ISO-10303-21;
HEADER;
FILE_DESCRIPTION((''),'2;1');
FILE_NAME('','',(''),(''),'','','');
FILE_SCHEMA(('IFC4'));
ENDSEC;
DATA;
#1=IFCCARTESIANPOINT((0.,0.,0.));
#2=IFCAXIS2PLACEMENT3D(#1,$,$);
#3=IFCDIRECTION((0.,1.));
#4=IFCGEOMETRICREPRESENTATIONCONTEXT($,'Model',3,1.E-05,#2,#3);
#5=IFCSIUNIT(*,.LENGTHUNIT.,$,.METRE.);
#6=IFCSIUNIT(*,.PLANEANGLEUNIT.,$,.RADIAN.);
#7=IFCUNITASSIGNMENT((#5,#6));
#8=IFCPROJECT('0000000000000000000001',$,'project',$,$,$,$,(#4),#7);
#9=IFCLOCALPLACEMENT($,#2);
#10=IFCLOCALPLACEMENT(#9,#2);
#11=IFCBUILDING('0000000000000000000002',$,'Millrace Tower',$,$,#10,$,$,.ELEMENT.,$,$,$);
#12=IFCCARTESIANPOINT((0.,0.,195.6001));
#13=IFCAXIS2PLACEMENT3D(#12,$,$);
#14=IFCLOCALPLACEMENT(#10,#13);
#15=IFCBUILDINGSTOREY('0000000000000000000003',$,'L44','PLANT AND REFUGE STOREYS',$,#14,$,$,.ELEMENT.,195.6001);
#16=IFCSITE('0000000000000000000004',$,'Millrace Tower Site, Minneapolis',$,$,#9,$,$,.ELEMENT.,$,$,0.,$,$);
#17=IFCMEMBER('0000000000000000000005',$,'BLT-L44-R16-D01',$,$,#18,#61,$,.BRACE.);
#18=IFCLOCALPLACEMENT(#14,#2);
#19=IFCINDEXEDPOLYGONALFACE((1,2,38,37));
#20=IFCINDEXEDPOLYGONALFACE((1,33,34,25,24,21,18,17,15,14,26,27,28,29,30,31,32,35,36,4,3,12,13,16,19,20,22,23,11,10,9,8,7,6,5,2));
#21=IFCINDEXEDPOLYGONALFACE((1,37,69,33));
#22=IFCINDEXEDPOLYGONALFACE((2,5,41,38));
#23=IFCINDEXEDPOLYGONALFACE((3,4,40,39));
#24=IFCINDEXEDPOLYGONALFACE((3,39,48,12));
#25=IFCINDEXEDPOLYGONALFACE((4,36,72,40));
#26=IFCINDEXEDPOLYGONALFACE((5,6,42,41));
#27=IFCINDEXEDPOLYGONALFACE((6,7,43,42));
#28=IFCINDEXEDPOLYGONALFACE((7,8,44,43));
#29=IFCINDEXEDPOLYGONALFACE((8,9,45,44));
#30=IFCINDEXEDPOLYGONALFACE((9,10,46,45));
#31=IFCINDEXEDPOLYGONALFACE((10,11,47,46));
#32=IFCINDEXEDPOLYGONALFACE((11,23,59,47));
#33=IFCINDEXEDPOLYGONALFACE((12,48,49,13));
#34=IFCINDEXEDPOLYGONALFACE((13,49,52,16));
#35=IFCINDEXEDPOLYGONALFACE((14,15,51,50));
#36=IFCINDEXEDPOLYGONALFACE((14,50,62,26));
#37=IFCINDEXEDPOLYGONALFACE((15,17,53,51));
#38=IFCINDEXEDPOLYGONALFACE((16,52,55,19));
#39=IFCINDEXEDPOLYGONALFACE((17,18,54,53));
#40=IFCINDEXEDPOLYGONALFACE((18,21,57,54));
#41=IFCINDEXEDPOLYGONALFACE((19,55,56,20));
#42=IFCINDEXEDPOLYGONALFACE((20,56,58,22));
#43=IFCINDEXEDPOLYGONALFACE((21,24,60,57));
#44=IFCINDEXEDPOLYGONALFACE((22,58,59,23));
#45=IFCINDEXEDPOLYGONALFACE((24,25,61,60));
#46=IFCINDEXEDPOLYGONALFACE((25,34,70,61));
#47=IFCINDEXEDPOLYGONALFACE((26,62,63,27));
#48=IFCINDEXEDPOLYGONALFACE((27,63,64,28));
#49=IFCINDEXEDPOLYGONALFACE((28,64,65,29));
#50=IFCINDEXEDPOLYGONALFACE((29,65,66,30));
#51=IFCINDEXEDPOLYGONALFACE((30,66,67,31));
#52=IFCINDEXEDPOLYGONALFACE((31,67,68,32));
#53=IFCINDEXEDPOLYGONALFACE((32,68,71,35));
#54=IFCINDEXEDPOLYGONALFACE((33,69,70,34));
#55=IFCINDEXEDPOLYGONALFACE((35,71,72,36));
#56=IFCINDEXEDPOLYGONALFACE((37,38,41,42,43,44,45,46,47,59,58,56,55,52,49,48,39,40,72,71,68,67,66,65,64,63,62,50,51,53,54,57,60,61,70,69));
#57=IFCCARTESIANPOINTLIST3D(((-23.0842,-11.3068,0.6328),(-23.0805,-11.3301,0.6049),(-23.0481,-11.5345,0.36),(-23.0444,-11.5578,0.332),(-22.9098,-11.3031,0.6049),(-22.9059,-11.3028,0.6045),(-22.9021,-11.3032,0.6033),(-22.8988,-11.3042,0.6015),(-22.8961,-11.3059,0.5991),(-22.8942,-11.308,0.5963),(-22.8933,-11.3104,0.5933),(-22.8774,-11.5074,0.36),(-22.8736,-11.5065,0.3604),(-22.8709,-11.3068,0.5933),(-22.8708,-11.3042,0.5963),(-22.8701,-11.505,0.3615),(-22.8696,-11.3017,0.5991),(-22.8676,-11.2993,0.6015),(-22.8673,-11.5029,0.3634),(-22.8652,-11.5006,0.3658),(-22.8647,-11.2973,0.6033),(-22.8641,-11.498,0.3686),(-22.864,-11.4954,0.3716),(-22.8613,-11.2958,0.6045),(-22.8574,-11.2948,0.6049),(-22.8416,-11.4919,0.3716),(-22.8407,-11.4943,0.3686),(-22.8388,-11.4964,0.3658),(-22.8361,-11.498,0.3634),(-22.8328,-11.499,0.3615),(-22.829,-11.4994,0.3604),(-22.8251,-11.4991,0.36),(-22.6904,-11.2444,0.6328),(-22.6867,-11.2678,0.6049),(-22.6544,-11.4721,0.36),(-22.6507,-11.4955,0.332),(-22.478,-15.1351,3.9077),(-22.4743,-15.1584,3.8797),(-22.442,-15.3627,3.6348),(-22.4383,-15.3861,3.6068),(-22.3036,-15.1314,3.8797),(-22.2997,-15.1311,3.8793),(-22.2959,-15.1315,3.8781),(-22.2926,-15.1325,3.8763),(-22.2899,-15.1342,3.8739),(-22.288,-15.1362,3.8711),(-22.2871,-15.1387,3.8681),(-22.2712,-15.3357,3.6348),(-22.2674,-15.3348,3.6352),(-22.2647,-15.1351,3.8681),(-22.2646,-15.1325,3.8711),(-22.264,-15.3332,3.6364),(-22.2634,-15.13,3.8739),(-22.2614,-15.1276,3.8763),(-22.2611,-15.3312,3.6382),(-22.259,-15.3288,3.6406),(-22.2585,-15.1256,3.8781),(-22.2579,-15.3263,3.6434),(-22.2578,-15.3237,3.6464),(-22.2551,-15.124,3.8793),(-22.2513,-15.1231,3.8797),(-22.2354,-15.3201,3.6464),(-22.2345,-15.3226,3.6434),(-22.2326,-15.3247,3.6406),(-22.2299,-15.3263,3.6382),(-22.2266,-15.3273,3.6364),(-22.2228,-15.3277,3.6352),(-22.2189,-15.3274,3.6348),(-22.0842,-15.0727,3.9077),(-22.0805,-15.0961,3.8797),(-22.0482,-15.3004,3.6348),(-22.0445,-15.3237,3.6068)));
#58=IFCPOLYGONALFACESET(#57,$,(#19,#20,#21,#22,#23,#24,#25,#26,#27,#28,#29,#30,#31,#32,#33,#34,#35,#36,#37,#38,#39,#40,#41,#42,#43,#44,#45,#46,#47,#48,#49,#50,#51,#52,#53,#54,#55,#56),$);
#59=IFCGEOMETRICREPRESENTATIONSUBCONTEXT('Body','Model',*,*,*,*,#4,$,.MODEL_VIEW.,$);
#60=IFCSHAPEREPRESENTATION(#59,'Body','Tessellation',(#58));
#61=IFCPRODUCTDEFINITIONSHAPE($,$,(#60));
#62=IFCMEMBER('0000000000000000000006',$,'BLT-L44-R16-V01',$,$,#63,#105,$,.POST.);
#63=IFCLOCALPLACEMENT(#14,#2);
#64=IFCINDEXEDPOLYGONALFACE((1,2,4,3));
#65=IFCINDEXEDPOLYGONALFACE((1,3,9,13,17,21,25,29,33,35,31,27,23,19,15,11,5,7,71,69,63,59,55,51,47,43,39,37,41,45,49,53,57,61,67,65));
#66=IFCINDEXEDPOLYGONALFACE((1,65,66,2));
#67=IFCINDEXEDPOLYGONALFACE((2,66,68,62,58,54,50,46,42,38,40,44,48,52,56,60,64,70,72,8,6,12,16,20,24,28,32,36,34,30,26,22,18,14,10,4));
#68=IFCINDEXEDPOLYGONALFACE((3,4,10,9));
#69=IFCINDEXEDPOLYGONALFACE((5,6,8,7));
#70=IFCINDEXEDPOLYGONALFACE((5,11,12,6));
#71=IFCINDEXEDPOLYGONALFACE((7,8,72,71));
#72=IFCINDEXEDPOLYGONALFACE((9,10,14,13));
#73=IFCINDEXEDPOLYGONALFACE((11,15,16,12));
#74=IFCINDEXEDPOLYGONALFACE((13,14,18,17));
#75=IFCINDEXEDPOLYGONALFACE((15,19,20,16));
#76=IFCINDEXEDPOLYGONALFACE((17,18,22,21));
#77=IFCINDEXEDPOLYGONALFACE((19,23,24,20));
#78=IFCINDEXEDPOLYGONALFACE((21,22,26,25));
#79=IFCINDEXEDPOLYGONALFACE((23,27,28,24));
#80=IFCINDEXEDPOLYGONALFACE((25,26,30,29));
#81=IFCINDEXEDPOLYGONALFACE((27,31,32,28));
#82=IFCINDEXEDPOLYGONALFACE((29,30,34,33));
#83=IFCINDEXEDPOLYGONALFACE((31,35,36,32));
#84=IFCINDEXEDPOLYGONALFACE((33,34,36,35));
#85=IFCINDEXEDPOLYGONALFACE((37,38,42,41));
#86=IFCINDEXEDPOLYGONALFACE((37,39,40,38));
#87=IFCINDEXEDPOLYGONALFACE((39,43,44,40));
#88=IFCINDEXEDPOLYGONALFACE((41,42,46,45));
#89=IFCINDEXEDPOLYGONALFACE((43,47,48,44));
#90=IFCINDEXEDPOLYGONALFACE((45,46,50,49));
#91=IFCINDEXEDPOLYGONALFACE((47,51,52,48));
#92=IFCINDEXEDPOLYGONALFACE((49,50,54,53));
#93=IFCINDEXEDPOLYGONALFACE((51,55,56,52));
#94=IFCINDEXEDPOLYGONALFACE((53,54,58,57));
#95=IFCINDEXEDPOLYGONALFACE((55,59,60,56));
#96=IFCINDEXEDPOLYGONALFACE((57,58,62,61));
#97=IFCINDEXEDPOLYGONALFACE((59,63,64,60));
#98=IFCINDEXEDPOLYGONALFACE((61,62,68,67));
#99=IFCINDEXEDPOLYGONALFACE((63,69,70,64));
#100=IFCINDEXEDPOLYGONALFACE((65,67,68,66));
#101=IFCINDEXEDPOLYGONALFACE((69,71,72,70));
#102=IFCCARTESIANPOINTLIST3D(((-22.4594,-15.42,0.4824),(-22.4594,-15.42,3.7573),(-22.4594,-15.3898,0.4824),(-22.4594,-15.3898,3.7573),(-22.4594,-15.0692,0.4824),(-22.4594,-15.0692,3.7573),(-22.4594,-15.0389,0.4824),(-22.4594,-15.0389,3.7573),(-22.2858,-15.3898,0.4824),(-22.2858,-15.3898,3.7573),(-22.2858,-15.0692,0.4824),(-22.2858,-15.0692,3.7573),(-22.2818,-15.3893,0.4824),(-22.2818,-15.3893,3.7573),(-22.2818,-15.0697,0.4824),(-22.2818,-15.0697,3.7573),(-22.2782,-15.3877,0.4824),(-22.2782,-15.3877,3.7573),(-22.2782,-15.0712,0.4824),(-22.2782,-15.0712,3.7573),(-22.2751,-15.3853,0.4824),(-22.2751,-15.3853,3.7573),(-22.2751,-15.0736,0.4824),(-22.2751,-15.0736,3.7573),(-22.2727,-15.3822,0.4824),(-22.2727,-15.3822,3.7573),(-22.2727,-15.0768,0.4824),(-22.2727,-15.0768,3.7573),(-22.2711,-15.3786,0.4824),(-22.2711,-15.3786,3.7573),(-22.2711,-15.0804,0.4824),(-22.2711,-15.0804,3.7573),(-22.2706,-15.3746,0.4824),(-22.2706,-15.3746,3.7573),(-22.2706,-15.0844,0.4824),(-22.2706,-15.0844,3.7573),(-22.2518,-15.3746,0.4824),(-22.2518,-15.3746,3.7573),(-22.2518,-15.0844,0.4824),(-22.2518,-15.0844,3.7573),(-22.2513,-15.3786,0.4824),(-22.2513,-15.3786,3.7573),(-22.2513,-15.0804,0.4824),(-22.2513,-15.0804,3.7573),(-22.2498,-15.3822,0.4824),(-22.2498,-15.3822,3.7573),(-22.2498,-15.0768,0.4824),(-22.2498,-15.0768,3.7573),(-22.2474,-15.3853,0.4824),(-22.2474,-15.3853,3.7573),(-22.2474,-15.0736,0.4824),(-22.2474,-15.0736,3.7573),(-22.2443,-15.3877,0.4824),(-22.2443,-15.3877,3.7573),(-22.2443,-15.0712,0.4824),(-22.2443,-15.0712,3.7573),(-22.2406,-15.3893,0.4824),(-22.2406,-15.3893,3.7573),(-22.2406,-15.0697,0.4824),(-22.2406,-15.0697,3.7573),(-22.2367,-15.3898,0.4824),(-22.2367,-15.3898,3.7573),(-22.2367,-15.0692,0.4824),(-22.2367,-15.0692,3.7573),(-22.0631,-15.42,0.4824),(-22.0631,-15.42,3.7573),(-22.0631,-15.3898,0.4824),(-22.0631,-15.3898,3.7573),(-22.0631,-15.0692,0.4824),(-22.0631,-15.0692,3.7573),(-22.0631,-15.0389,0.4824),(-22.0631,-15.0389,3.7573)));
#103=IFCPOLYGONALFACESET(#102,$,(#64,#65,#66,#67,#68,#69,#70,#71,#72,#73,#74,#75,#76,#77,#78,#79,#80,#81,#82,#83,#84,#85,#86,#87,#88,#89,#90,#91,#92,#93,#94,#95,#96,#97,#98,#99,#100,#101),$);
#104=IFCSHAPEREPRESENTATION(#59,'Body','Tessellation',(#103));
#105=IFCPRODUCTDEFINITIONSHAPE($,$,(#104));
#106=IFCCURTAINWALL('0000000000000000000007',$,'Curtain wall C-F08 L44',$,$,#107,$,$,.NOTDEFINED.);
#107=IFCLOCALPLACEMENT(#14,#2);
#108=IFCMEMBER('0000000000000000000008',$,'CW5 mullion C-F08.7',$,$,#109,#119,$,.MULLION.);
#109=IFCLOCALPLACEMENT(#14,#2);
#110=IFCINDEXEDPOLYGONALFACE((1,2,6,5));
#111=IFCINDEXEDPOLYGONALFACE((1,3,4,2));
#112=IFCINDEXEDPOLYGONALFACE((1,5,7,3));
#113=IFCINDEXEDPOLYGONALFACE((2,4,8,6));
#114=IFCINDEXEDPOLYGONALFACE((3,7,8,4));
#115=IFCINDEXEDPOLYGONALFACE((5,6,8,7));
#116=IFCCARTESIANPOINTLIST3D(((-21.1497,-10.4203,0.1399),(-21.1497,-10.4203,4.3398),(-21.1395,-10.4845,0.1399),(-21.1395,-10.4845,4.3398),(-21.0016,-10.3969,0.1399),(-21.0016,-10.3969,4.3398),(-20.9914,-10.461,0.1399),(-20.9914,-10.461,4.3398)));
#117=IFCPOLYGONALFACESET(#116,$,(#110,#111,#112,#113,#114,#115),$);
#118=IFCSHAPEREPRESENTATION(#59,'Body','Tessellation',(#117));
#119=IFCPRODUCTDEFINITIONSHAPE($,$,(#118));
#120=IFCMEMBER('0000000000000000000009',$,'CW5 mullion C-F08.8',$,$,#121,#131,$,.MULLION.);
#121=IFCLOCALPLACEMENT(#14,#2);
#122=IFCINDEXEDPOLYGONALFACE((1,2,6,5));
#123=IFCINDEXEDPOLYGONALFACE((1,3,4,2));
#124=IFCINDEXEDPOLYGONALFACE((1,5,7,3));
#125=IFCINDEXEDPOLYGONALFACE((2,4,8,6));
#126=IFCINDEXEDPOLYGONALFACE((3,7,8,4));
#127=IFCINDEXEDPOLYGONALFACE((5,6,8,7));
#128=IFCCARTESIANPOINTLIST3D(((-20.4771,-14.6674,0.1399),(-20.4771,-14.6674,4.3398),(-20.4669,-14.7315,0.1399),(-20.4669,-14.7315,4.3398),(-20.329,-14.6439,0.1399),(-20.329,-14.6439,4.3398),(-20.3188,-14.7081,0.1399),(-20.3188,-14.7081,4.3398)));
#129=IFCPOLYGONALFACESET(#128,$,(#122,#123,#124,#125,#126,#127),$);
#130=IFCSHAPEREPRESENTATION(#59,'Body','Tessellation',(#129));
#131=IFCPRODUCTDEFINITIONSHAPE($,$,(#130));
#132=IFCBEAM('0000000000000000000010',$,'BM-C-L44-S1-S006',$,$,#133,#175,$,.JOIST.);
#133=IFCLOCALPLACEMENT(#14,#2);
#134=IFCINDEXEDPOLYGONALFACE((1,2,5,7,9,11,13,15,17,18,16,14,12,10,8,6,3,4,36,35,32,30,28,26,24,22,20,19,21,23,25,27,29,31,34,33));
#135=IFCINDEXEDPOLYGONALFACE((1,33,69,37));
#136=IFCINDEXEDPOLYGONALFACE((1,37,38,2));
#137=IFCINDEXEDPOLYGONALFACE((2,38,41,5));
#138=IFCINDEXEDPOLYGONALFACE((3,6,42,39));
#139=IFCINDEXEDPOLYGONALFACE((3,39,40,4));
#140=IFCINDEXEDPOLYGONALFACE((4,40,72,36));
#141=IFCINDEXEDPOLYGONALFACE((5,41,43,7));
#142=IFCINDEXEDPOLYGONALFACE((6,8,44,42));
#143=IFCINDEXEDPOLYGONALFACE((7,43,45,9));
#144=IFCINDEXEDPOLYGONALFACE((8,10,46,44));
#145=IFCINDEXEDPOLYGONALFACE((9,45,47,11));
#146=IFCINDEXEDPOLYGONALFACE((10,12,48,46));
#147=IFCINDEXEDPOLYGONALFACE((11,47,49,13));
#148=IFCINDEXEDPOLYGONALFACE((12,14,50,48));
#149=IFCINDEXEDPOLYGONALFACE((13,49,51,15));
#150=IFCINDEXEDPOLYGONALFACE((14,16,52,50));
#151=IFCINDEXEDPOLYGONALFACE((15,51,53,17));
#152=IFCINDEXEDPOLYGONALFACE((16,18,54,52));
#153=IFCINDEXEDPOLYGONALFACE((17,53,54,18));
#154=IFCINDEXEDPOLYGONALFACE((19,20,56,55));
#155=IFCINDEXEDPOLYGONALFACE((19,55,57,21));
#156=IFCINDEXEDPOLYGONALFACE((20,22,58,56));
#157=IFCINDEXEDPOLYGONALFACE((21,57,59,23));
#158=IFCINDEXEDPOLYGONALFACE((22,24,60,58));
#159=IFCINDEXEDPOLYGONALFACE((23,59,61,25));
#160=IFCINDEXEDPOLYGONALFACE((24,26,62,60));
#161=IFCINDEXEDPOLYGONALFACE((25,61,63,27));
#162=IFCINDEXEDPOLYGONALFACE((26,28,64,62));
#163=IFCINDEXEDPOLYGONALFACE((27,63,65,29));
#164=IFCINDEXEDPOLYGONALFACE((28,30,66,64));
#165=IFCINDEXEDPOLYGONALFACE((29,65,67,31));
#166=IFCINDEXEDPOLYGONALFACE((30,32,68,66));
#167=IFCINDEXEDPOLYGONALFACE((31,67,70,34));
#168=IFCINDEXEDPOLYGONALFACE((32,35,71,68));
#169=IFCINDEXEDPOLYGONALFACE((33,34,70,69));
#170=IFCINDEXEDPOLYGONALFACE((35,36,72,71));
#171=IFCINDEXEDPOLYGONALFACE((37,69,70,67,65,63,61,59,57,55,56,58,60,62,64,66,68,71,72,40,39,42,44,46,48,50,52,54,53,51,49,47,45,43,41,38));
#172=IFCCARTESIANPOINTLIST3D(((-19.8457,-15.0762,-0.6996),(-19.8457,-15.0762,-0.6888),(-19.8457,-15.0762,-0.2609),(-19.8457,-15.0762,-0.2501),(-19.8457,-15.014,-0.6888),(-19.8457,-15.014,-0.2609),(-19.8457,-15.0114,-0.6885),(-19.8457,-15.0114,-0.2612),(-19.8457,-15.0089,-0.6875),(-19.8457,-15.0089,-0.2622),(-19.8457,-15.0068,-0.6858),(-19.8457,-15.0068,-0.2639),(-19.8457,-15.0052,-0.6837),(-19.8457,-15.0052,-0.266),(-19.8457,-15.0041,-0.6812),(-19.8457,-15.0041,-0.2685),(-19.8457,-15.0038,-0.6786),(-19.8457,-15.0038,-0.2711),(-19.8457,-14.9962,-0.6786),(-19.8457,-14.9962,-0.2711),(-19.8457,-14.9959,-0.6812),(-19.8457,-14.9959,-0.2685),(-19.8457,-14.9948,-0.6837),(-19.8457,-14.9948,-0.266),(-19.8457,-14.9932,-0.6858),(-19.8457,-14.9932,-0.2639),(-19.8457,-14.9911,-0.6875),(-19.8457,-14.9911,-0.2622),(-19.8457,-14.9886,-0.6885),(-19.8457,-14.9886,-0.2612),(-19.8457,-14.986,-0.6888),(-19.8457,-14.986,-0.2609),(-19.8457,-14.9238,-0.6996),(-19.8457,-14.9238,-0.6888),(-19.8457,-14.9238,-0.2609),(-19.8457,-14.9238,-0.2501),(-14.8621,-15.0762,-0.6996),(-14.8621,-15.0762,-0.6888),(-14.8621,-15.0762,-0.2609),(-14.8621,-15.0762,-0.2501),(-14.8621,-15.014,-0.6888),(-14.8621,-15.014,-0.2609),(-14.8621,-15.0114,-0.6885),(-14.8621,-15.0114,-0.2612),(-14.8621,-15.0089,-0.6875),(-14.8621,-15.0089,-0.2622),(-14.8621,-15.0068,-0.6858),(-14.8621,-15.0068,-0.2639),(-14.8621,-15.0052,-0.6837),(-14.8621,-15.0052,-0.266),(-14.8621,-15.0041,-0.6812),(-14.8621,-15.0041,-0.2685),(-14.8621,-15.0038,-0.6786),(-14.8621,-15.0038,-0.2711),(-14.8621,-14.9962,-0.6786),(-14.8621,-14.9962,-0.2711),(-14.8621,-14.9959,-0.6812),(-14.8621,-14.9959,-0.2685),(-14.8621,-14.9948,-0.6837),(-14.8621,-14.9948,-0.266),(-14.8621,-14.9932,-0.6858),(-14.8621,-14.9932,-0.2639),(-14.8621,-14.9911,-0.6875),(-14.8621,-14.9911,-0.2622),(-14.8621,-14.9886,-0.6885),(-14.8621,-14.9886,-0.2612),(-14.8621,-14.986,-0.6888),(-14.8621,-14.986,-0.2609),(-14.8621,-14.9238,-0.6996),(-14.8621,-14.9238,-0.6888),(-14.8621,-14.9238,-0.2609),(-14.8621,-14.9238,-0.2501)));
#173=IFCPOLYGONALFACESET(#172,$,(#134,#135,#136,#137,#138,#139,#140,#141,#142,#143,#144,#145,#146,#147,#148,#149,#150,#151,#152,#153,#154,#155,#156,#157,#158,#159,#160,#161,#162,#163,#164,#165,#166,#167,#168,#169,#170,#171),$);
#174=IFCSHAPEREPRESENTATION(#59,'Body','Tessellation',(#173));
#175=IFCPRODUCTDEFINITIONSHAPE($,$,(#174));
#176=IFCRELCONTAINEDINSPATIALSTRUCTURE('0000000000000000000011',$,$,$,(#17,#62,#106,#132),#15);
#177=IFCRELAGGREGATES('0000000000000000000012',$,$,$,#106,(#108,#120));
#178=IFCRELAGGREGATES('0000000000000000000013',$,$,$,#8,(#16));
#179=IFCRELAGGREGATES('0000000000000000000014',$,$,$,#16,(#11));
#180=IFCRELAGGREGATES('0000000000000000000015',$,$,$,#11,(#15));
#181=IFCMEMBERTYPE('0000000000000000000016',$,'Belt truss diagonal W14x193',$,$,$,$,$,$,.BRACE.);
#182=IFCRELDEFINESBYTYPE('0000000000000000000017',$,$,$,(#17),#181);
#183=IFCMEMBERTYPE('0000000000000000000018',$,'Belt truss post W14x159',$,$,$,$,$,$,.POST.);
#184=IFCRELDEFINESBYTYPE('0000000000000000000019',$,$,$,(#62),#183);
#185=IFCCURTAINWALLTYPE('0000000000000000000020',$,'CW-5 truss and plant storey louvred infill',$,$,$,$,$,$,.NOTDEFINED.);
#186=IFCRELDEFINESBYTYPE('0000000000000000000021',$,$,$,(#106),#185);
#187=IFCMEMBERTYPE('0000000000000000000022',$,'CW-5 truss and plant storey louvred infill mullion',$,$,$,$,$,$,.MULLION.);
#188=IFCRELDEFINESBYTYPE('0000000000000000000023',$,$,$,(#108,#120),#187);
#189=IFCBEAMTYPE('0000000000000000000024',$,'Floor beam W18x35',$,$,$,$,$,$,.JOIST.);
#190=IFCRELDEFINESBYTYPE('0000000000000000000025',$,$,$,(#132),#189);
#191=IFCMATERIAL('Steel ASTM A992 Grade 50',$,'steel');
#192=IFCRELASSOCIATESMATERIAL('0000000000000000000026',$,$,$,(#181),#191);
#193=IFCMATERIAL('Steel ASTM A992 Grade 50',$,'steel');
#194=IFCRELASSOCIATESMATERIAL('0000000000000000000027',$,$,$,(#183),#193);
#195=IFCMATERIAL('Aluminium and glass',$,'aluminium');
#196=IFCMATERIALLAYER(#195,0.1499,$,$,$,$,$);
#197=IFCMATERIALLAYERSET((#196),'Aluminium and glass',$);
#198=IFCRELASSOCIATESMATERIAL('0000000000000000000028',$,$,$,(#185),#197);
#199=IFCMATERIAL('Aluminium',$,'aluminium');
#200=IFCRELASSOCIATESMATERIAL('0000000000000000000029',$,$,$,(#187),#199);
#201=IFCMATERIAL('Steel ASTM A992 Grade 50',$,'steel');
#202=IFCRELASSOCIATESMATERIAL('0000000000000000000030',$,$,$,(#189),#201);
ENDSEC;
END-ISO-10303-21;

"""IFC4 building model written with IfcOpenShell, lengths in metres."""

from ifc_helpers import new_model, si_unit, direction, frame, origin, origin_2d, place, context, subcontext, project, spatial, rectangle, i_section, extrude, material, layer, layer_set, material_profile, profile_set, type_object, element, aggregate, save


model = new_model("IFC4")

# Units and contexts
model_context = context("Model", 3, precision=1e-05, world=origin(), true_north=direction((0.0, 1.0)))
body_context = subcontext(model_context, "Body", "Model", "MODEL_VIEW")
ifc_project = project(units=[si_unit("LENGTHUNIT", "METRE"), si_unit("PLANEANGLEUNIT", "RADIAN")], contexts=[model_context])

# Site, building, storey
site_placement = place(None, origin())
site = spatial("IfcSite", under=ifc_project, at=site_placement, Name="Millrace Tower Site, Minneapolis", CompositionType="ELEMENT", RefElevation=0.0)
building_placement = place(site_placement, origin())
building = spatial("IfcBuilding", under=site, at=building_placement, Name="Millrace Tower", CompositionType="ELEMENT")
storey_placement = place(building_placement, frame((0.0, 0.0, 195.6001)))
storey = spatial("IfcBuildingStorey", under=building, at=storey_placement, Name="L44", Description="PLANT AND REFUGE STOREYS", CompositionType="ELEMENT", Elevation=195.6001)

# Members
ifc_material_1 = material(Name="Steel ASTM A992 Grade 50", Category="steel")
ifc_material_profile_1 = material_profile(ifc_material_1, i_section(OverallWidth=0.3987, OverallDepth=0.3938, WebThickness=0.0227, FlangeThickness=0.0366, FilletRadius=0.0151, at=origin_2d()))
ifc_profile_set_1 = profile_set([ifc_material_profile_1], Name="Steel ASTM A992 Grade 50")
member_type_1 = type_object("IfcMemberType", Name="Belt truss diagonal W14x193", PredefinedType="BRACE", material=ifc_profile_set_1)
member_1_placement = place(storey_placement, frame((-22.8674, -11.4011, 0.4824), z_axis=(0.119464, -0.754457, 0.645386), x_axis=(0.987694, 0.156396, 0.0)))
element("IfcMember", 1, at=member_1_placement, inside=storey, type_object=member_type_1, Name="BLT-L44-R16-D01", PredefinedType="BRACE", context=body_context, shape_type="SweptSolid", body=[
    extrude(i_section(OverallWidth=0.3987, OverallDepth=0.3938, WebThickness=0.0227, FlangeThickness=0.0366, FilletRadius=0.0151, at=origin_2d()), origin(), (0.0, 0.0, 1.0), 5.0742),
])
ifc_material_2 = material(Name="Steel ASTM A992 Grade 50", Category="steel")
ifc_material_profile_2 = material_profile(ifc_material_2, i_section(OverallWidth=0.3962, OverallDepth=0.3811, WebThickness=0.0188, FlangeThickness=0.0303, FilletRadius=0.0151, at=origin_2d()))
ifc_profile_set_2 = profile_set([ifc_material_profile_2], Name="Steel ASTM A992 Grade 50")
member_type_2 = type_object("IfcMemberType", Name="Belt truss post W14x159", PredefinedType="POST", material=ifc_profile_set_2)
member_2_placement = place(storey_placement, frame((-22.2612, -15.2295, 0.4824), z_axis=(0.0, 0.0, 1.0), x_axis=(1.0, 0.0, 0.0)))
element("IfcMember", 2, at=member_2_placement, inside=storey, type_object=member_type_2, Name="BLT-L44-R16-V01", PredefinedType="POST", context=body_context, shape_type="SweptSolid", body=[
    extrude(i_section(OverallWidth=0.3962, OverallDepth=0.3811, WebThickness=0.0188, FlangeThickness=0.0303, FilletRadius=0.0151, at=origin_2d()), origin(), (0.0, 0.0, 1.0), 3.2749),
])

# Curtain wall, members
ifc_material_3 = material(Name="Aluminium and glass", Category="aluminium")
ifc_layer_1 = layer(ifc_material_3, 0.1499)
ifc_layer_set_1 = layer_set([ifc_layer_1], Name="Aluminium and glass")
curtain_wall_type = type_object("IfcCurtainWallType", Name="CW-5 truss and plant storey louvred infill", PredefinedType="NOTDEFINED", material=ifc_layer_set_1)
curtain_wall_placement = place(storey_placement, origin())
curtain_wall = element("IfcCurtainWall", 3, at=curtain_wall_placement, inside=storey, type_object=curtain_wall_type, Name="Curtain wall C-F08 L44", PredefinedType="NOTDEFINED")
ifc_material_4 = material(Name="Aluminium", Category="aluminium")
ifc_material_profile_3 = material_profile(ifc_material_4, rectangle(XDim=0.0649, YDim=0.1499, at=origin_2d()))
ifc_profile_set_3 = profile_set([ifc_material_profile_3], Name="Aluminium")
member_type_3 = type_object("IfcMemberType", Name="CW-5 truss and plant storey louvred infill mullion", PredefinedType="MULLION", material=ifc_profile_set_3)
member_3_placement = place(storey_placement, frame((-21.0706, -10.4407, 0.1399), z_axis=(0.0, 0.0, 1.0), x_axis=(0.156434, -0.987688, 0.0)))
member_3 = element("IfcMember", 4, at=member_3_placement, type_object=member_type_3, Name="CW5 mullion C-F08.7", PredefinedType="MULLION", context=body_context, shape_type="SweptSolid", body=[
    extrude(rectangle(XDim=0.0649, YDim=0.1499, at=origin_2d()), origin(), (0.0, 0.0, 1.0), 4.2),
])
member_4_placement = place(storey_placement, frame((-20.3979, -14.6877, 0.1399), z_axis=(0.0, 0.0, 1.0), x_axis=(0.156434, -0.987688, 0.0)))
member_4 = element("IfcMember", 5, at=member_4_placement, type_object=member_type_3, Name="CW5 mullion C-F08.8", PredefinedType="MULLION", context=body_context, shape_type="SweptSolid", body=[
    extrude(rectangle(XDim=0.0649, YDim=0.1499, at=origin_2d()), origin(), (0.0, 0.0, 1.0), 4.2),
])
aggregate(curtain_wall, [member_3, member_4])

# Beam
ifc_material_5 = material(Name="Steel ASTM A992 Grade 50", Category="steel")
ifc_material_profile_4 = material_profile(ifc_material_5, i_section(OverallWidth=0.1523, OverallDepth=0.4495, WebThickness=0.0076, FlangeThickness=0.0107, FilletRadius=0.0103, at=origin_2d()))
ifc_profile_set_4 = profile_set([ifc_material_profile_4], Name="Steel ASTM A992 Grade 50")
beam_type_1 = type_object("IfcBeamType", Name="Floor beam W18x35", PredefinedType="JOIST", material=ifc_profile_set_4)
beam_1_placement = place(storey_placement, frame((-19.8457, -15.0, -0.4749), z_axis=(1.0, 0.0, 0.0), x_axis=(0.0, 1.0, 0.0)))
element("IfcBeam", 6, at=beam_1_placement, inside=storey, type_object=beam_type_1, Name="BM-C-L44-S1-S006", PredefinedType="JOIST", context=body_context, shape_type="SweptSolid", body=[
    extrude(i_section(OverallWidth=0.1523, OverallDepth=0.4495, WebThickness=0.0076, FlangeThickness=0.0107, FilletRadius=0.0103, at=origin_2d()), origin(), (0.0, 0.0, 1.0), 4.9836),
])

save(model, "model.ifc")
